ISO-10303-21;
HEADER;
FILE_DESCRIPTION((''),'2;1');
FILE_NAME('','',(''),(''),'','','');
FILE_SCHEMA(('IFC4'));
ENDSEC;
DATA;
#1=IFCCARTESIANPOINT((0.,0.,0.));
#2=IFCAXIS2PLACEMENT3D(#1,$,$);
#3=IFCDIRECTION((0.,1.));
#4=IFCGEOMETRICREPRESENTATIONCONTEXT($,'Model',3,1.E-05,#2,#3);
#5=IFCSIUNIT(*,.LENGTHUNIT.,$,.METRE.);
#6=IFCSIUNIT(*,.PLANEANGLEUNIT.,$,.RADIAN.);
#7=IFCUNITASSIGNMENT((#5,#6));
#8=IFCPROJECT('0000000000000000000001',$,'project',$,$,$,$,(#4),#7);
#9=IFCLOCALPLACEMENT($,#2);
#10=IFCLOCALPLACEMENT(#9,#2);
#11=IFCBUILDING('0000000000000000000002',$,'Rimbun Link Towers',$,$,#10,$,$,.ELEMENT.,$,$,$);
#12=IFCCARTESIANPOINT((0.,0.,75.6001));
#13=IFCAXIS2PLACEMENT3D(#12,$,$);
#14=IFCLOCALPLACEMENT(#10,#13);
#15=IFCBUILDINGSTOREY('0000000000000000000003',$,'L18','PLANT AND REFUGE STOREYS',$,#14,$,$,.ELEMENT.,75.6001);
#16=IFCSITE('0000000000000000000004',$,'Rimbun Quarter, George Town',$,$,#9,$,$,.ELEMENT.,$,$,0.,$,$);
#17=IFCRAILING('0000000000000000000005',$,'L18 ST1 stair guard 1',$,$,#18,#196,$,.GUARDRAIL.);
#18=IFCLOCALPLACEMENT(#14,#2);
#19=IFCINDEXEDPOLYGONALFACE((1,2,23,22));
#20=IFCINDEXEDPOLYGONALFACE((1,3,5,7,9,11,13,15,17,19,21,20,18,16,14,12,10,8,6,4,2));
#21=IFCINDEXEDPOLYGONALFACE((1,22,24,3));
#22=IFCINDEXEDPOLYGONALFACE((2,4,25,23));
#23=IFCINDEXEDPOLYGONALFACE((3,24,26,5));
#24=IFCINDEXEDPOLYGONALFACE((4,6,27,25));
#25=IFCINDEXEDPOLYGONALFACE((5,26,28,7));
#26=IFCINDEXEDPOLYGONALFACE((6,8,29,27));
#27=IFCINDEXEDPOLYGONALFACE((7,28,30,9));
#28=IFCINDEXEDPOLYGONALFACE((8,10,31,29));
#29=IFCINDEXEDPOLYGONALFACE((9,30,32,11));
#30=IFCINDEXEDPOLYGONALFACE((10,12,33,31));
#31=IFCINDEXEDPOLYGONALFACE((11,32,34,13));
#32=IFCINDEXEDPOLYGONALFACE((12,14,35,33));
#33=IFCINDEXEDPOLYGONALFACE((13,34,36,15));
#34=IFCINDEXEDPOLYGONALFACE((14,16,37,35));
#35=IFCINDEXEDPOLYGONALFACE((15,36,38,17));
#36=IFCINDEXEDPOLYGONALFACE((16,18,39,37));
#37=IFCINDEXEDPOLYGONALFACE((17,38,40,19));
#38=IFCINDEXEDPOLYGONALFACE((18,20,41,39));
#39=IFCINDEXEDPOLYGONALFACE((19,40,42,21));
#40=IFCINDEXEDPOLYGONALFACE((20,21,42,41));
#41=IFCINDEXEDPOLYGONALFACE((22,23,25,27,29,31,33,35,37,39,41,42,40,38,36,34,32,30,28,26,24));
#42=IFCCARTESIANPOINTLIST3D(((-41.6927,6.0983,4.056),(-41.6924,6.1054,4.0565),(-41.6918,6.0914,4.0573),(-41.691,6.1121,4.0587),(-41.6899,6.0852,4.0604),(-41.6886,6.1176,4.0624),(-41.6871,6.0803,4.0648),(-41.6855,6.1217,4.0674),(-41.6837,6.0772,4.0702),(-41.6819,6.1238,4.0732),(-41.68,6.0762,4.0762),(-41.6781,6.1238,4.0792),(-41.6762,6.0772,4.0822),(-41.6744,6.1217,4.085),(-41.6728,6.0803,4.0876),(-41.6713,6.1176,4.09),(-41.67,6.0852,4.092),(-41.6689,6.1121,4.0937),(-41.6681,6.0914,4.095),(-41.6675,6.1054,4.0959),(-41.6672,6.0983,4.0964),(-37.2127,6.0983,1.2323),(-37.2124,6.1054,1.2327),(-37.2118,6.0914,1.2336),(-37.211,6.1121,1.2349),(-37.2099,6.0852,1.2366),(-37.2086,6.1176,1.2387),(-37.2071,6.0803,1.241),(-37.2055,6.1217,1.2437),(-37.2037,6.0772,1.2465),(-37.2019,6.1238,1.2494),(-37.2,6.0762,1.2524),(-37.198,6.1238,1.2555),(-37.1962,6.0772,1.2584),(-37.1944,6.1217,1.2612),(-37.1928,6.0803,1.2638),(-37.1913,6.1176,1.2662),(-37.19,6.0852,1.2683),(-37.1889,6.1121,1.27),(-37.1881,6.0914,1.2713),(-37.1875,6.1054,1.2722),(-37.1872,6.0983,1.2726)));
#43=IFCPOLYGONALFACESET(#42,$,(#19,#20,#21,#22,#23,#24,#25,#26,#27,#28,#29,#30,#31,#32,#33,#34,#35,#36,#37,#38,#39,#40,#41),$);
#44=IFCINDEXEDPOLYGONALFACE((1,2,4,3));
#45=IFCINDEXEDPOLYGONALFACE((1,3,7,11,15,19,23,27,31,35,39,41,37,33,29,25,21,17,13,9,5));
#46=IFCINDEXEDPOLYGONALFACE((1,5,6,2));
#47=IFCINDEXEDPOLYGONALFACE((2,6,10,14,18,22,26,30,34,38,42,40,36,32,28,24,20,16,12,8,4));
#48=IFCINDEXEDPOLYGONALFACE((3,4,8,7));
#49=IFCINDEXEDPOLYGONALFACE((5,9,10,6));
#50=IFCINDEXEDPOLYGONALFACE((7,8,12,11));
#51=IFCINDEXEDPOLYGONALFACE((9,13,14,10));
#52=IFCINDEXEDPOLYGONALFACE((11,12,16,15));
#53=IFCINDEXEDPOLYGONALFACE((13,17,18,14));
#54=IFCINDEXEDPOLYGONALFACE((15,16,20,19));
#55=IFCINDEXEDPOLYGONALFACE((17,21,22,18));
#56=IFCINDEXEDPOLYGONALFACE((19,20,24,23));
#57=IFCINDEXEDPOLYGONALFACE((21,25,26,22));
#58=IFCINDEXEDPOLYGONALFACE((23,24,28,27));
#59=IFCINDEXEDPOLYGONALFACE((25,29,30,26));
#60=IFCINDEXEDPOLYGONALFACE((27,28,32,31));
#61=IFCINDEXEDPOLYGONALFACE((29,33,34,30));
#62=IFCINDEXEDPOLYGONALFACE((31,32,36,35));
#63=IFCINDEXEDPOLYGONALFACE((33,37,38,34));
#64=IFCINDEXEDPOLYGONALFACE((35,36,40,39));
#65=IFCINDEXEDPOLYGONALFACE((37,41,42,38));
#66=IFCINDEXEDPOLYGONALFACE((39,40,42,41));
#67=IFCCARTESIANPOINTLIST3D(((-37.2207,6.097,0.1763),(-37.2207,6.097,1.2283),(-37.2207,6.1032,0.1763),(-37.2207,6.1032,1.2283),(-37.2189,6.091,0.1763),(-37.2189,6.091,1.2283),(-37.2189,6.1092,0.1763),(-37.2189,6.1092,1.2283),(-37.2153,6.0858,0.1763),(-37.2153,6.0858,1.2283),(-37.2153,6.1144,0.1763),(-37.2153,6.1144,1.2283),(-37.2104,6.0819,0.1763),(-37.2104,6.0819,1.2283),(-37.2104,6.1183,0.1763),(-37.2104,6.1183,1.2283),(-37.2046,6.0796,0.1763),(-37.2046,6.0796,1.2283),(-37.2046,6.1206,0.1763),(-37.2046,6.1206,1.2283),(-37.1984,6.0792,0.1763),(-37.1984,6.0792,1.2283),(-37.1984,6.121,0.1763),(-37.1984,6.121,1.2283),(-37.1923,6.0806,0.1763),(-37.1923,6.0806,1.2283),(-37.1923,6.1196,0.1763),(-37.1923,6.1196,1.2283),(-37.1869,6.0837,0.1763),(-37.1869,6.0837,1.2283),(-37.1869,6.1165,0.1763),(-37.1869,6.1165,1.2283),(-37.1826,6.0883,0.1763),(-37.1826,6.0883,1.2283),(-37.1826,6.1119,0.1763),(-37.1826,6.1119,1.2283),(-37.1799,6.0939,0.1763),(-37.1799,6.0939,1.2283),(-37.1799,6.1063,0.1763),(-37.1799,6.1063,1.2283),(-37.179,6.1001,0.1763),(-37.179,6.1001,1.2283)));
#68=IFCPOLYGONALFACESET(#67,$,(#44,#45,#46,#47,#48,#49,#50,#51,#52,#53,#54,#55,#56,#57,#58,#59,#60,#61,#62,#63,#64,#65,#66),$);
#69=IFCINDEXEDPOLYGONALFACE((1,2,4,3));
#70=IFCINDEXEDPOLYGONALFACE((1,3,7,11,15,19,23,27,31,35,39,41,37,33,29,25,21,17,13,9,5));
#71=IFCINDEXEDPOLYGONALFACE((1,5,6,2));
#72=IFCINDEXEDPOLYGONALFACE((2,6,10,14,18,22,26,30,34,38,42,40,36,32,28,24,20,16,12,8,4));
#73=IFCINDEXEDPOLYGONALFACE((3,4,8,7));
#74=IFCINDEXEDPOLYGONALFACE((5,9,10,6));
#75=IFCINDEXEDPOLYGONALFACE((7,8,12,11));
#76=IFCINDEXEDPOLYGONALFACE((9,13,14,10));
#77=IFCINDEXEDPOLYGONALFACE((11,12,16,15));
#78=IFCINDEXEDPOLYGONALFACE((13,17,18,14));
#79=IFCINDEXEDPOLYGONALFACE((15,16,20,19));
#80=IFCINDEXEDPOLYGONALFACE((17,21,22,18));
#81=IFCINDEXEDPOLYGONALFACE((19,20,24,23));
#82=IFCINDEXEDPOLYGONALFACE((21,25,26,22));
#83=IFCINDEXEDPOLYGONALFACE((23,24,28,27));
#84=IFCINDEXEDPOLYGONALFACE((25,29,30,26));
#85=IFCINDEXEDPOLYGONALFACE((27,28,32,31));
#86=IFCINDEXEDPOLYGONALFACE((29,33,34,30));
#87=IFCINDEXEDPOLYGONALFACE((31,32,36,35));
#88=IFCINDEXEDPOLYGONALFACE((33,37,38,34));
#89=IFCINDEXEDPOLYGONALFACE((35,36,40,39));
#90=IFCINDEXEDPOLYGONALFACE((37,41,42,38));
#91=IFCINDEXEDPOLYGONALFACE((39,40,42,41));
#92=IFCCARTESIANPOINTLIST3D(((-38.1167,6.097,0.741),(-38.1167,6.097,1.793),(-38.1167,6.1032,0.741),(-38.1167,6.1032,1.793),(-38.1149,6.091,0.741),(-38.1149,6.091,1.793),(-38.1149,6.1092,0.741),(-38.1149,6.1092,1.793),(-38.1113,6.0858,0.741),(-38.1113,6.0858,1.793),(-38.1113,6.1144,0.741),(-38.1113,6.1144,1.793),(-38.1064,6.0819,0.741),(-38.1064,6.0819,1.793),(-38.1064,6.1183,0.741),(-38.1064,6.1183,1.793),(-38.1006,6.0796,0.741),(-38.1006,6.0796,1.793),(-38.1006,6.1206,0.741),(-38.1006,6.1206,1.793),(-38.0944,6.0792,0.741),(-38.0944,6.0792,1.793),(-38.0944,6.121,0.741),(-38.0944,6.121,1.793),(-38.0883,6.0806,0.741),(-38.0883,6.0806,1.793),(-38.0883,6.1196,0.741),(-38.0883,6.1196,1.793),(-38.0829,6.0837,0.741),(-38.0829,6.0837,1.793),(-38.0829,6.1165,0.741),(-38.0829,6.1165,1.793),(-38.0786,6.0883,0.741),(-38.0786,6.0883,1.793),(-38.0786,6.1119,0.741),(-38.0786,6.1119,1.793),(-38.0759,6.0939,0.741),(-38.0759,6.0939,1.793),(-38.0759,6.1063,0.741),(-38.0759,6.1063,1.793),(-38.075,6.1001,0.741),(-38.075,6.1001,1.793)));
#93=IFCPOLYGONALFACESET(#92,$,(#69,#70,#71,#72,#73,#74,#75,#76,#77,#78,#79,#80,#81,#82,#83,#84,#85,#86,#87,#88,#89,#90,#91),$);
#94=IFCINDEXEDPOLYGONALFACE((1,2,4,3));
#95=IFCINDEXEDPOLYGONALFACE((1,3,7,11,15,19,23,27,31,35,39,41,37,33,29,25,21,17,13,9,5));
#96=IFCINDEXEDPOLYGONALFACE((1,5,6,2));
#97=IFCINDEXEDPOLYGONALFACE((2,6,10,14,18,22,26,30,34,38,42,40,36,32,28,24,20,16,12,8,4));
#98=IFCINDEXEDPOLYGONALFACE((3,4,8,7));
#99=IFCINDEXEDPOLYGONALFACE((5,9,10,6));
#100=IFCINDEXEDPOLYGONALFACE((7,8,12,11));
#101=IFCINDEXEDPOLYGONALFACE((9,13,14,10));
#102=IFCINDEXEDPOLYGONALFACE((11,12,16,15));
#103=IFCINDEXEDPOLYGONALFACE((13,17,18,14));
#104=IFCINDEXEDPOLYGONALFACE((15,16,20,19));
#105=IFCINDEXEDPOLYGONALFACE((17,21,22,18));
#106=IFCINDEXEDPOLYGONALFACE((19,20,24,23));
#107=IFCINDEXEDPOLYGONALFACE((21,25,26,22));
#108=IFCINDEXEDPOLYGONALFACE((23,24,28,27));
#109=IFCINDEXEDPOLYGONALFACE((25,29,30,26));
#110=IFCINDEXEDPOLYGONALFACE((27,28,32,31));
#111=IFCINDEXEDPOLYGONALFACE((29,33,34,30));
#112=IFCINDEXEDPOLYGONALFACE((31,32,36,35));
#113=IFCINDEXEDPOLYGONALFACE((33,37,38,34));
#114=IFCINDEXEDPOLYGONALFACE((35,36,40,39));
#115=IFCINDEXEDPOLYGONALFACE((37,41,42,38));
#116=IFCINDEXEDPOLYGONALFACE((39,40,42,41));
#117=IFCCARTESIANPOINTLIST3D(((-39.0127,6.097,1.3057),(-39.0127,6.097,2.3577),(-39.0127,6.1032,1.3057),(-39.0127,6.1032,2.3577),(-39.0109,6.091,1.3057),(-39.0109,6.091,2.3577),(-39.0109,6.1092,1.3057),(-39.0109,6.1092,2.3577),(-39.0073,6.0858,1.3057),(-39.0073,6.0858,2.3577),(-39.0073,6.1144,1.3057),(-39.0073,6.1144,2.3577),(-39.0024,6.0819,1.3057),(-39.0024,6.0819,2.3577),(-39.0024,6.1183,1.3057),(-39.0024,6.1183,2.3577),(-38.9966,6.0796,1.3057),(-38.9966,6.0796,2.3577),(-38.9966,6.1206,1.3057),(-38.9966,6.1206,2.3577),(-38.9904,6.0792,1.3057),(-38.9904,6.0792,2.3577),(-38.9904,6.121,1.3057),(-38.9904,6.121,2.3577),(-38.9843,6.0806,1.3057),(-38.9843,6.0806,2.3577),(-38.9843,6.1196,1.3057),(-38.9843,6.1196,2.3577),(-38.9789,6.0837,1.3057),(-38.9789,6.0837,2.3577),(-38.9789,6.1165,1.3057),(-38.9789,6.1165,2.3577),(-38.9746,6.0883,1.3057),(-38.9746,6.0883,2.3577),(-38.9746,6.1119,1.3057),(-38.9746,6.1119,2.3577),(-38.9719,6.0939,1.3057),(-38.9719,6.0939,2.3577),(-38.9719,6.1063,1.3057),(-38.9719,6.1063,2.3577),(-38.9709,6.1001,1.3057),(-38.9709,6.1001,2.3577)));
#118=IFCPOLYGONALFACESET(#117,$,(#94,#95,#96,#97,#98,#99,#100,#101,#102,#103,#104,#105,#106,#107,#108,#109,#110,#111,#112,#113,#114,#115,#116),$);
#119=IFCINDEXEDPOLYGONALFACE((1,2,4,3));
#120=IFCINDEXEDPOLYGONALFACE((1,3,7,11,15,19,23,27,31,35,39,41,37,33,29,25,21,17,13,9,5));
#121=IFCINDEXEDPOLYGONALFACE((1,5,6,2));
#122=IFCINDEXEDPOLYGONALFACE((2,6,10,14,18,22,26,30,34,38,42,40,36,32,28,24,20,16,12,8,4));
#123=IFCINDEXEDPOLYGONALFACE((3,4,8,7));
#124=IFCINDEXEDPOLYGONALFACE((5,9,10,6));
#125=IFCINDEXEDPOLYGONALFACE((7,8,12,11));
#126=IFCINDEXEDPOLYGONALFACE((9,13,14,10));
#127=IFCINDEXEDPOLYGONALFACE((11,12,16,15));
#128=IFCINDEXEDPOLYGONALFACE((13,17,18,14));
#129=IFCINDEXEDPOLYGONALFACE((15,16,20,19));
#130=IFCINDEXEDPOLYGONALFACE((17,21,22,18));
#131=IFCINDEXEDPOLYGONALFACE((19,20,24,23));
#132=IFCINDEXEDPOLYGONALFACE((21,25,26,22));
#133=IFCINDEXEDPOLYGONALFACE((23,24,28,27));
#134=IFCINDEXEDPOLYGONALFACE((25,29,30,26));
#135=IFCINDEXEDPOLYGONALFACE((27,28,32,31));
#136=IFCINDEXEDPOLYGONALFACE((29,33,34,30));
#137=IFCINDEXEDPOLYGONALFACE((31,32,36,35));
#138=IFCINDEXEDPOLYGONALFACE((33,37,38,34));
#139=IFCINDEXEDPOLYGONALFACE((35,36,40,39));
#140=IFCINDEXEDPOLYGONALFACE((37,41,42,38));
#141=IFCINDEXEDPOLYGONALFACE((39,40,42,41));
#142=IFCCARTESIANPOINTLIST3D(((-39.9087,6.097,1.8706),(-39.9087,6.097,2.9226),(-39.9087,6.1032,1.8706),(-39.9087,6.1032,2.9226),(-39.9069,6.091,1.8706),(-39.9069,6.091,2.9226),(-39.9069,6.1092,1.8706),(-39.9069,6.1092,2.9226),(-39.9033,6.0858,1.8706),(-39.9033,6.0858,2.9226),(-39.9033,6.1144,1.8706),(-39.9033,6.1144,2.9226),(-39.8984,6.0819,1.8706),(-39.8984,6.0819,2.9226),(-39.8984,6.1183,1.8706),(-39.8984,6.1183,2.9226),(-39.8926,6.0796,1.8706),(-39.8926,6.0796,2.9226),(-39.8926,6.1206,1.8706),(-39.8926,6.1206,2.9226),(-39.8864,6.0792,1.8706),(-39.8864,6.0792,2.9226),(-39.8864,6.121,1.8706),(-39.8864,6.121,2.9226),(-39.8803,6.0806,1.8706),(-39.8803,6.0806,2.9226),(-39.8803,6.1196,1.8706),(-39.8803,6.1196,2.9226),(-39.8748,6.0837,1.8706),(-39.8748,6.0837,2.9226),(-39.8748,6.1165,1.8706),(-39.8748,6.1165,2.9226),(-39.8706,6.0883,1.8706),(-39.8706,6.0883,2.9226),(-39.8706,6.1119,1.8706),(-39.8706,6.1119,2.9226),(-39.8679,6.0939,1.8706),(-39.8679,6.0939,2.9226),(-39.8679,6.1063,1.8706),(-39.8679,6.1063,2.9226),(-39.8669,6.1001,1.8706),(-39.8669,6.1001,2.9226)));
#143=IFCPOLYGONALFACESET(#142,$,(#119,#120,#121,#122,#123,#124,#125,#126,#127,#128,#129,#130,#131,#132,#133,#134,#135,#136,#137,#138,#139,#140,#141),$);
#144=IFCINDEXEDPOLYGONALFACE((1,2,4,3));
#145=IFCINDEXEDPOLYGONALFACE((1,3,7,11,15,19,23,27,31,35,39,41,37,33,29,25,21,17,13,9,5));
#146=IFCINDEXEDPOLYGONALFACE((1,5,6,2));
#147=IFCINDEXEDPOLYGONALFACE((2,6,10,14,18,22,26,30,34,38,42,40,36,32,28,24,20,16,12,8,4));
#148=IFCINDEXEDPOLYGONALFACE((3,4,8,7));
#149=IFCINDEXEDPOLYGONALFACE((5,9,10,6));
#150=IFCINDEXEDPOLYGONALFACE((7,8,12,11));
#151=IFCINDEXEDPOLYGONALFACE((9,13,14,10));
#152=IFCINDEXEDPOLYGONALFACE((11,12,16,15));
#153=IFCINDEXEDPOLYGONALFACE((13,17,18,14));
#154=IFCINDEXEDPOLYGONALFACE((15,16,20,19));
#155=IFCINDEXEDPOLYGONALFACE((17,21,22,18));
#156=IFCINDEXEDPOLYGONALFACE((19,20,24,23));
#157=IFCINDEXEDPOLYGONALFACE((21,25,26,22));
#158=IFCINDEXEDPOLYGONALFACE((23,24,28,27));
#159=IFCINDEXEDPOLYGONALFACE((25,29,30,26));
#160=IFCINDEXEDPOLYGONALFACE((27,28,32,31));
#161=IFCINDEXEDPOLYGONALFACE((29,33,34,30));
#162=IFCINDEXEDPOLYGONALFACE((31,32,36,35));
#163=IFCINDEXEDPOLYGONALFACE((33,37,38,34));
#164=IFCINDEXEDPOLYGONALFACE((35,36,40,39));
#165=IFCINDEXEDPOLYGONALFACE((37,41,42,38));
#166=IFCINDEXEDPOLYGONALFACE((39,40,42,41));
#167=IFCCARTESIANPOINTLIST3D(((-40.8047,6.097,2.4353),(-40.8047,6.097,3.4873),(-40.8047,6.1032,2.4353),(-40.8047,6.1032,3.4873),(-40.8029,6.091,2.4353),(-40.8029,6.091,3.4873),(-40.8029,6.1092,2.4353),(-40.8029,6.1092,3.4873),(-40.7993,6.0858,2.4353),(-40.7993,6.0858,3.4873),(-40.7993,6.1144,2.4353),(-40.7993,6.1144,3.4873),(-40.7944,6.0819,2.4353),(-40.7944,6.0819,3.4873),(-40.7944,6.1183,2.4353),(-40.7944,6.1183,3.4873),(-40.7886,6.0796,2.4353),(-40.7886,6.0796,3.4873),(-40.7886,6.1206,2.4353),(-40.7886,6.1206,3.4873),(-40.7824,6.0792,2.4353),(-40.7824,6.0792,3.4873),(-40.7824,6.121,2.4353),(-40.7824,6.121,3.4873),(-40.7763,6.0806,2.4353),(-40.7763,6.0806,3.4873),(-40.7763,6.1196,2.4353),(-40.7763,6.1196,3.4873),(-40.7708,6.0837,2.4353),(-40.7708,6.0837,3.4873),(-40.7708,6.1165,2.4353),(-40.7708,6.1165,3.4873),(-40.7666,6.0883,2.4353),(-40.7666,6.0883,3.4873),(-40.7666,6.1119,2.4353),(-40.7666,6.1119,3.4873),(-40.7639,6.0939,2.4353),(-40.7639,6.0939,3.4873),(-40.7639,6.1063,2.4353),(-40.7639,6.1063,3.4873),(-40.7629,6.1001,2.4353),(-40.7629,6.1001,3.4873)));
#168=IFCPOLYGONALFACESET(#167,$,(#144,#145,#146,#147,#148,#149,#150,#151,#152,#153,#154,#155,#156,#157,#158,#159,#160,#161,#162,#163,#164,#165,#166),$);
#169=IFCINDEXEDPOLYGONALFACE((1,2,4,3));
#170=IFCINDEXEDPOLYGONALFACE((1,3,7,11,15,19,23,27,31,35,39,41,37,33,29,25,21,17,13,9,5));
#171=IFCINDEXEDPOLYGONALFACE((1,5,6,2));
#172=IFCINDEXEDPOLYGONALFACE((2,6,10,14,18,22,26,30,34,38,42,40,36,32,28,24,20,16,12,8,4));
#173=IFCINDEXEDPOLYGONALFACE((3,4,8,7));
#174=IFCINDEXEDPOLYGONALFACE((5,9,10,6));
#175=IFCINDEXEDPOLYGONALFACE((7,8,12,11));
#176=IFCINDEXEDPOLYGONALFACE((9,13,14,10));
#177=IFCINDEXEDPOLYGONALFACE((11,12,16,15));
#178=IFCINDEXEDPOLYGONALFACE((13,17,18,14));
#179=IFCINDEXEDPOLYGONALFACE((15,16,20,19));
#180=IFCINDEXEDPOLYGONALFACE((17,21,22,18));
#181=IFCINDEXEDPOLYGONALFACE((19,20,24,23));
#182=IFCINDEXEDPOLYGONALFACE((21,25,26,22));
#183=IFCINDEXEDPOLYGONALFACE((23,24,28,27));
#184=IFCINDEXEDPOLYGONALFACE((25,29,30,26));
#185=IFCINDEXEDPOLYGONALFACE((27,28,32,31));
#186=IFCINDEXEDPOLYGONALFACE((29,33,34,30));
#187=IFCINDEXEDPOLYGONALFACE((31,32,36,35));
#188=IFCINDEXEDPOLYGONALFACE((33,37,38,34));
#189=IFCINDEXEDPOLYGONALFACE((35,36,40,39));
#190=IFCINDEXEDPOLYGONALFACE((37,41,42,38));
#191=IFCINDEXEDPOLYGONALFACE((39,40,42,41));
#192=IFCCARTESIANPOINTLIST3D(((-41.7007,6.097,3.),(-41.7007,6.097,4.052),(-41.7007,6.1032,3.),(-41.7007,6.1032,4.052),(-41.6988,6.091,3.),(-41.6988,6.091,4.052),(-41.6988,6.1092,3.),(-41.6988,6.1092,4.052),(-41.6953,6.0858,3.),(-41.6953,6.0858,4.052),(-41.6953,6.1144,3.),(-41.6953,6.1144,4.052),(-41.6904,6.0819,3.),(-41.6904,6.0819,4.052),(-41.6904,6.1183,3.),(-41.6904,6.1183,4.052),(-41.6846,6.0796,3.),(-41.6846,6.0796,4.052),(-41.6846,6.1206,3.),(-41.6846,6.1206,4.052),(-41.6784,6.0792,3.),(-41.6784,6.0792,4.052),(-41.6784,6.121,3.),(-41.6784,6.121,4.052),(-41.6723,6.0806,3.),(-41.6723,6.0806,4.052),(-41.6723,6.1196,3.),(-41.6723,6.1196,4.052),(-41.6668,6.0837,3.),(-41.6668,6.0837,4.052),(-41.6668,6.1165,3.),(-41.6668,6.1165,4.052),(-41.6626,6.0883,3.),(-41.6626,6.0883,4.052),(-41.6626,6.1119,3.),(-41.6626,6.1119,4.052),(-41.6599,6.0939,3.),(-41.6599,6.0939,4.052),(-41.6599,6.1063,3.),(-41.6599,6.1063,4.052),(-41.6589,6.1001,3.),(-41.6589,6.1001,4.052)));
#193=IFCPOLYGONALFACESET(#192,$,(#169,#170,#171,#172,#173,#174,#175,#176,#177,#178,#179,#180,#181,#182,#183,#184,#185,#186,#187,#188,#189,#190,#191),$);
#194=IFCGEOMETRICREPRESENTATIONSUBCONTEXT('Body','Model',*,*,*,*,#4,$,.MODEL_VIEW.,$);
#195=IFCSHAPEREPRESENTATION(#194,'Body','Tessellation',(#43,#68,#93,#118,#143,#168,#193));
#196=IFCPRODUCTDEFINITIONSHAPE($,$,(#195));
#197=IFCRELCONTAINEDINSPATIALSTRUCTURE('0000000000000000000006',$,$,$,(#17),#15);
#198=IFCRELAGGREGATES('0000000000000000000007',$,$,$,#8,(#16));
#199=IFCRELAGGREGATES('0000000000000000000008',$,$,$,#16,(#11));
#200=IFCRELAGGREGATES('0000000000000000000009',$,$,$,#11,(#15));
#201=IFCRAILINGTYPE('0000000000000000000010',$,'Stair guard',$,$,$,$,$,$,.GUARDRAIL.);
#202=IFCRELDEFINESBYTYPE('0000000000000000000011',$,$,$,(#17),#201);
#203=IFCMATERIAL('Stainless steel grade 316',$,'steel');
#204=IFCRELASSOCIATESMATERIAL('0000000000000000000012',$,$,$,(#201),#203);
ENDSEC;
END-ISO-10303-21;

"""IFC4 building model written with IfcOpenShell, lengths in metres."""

from ifc_helpers import new_model, si_unit, direction, frame, origin, origin_2d, place, context, subcontext, project, spatial, circle, extrude, material, type_object, element, save


model = new_model("IFC4")

# Units and contexts
model_context = context("Model", 3, precision=1e-05, world=origin(), true_north=direction((0.0, 1.0)))
body_context = subcontext(model_context, "Body", "Model", "MODEL_VIEW")
ifc_project = project(units=[si_unit("LENGTHUNIT", "METRE"), si_unit("PLANEANGLEUNIT", "RADIAN")], contexts=[model_context])

# Site, building, storey
site_placement = place(None, origin())
site = spatial("IfcSite", under=ifc_project, at=site_placement, Name="Rimbun Quarter, George Town", CompositionType="ELEMENT", RefElevation=0.0)
building_placement = place(site_placement, origin())
building = spatial("IfcBuilding", under=site, at=building_placement, Name="Rimbun Link Towers", CompositionType="ELEMENT")
storey_placement = place(building_placement, frame((0.0, 0.0, 75.6001)))
storey = spatial("IfcBuildingStorey", under=building, at=storey_placement, Name="L18", Description="PLANT AND REFUGE STOREYS", CompositionType="ELEMENT", Elevation=75.6001)

# Railing
ifc_material_1 = material(Name="Stainless steel grade 316", Category="steel")
railing_type_1 = type_object("IfcRailingType", Name="Stair guard", PredefinedType="GUARDRAIL", material=ifc_material_1)
railing_1_placement = place(storey_placement, frame((-37.2, 6.1001, 0.1763)))
element("IfcRailing", 1, at=railing_1_placement, inside=storey, type_object=railing_type_1, Name="L18 ST1 stair guard 1", PredefinedType="GUARDRAIL", context=body_context, shape_type="SweptSolid", body=[
    extrude(circle(Radius=0.0239, at=origin_2d()), frame((0.0, 0.0, 1.0762), z_axis=(-0.845977, 0.0, 0.533219), x_axis=(0.0, -1.0, 0.0)), (0.0, 0.0, 1.0), 5.2957),
    extrude(circle(Radius=0.021, at=origin_2d()), origin(), (0.0, 0.0, 1.0), 1.052),
    extrude(circle(Radius=0.021, at=origin_2d()), frame((-0.896, 0.0, 0.5647)), (0.0, 0.0, 1.0), 1.052),
    extrude(circle(Radius=0.021, at=origin_2d()), frame((-1.792, 0.0, 1.1294)), (0.0, 0.0, 1.0), 1.052),
    extrude(circle(Radius=0.021, at=origin_2d()), frame((-2.688, 0.0, 1.6943)), (0.0, 0.0, 1.0), 1.052),
    extrude(circle(Radius=0.021, at=origin_2d()), frame((-3.584, 0.0, 2.259)), (0.0, 0.0, 1.0), 1.052),
    extrude(circle(Radius=0.021, at=origin_2d()), frame((-4.48, 0.0, 2.8237)), (0.0, 0.0, 1.0), 1.052),
])

save(model, "model.ifc")
